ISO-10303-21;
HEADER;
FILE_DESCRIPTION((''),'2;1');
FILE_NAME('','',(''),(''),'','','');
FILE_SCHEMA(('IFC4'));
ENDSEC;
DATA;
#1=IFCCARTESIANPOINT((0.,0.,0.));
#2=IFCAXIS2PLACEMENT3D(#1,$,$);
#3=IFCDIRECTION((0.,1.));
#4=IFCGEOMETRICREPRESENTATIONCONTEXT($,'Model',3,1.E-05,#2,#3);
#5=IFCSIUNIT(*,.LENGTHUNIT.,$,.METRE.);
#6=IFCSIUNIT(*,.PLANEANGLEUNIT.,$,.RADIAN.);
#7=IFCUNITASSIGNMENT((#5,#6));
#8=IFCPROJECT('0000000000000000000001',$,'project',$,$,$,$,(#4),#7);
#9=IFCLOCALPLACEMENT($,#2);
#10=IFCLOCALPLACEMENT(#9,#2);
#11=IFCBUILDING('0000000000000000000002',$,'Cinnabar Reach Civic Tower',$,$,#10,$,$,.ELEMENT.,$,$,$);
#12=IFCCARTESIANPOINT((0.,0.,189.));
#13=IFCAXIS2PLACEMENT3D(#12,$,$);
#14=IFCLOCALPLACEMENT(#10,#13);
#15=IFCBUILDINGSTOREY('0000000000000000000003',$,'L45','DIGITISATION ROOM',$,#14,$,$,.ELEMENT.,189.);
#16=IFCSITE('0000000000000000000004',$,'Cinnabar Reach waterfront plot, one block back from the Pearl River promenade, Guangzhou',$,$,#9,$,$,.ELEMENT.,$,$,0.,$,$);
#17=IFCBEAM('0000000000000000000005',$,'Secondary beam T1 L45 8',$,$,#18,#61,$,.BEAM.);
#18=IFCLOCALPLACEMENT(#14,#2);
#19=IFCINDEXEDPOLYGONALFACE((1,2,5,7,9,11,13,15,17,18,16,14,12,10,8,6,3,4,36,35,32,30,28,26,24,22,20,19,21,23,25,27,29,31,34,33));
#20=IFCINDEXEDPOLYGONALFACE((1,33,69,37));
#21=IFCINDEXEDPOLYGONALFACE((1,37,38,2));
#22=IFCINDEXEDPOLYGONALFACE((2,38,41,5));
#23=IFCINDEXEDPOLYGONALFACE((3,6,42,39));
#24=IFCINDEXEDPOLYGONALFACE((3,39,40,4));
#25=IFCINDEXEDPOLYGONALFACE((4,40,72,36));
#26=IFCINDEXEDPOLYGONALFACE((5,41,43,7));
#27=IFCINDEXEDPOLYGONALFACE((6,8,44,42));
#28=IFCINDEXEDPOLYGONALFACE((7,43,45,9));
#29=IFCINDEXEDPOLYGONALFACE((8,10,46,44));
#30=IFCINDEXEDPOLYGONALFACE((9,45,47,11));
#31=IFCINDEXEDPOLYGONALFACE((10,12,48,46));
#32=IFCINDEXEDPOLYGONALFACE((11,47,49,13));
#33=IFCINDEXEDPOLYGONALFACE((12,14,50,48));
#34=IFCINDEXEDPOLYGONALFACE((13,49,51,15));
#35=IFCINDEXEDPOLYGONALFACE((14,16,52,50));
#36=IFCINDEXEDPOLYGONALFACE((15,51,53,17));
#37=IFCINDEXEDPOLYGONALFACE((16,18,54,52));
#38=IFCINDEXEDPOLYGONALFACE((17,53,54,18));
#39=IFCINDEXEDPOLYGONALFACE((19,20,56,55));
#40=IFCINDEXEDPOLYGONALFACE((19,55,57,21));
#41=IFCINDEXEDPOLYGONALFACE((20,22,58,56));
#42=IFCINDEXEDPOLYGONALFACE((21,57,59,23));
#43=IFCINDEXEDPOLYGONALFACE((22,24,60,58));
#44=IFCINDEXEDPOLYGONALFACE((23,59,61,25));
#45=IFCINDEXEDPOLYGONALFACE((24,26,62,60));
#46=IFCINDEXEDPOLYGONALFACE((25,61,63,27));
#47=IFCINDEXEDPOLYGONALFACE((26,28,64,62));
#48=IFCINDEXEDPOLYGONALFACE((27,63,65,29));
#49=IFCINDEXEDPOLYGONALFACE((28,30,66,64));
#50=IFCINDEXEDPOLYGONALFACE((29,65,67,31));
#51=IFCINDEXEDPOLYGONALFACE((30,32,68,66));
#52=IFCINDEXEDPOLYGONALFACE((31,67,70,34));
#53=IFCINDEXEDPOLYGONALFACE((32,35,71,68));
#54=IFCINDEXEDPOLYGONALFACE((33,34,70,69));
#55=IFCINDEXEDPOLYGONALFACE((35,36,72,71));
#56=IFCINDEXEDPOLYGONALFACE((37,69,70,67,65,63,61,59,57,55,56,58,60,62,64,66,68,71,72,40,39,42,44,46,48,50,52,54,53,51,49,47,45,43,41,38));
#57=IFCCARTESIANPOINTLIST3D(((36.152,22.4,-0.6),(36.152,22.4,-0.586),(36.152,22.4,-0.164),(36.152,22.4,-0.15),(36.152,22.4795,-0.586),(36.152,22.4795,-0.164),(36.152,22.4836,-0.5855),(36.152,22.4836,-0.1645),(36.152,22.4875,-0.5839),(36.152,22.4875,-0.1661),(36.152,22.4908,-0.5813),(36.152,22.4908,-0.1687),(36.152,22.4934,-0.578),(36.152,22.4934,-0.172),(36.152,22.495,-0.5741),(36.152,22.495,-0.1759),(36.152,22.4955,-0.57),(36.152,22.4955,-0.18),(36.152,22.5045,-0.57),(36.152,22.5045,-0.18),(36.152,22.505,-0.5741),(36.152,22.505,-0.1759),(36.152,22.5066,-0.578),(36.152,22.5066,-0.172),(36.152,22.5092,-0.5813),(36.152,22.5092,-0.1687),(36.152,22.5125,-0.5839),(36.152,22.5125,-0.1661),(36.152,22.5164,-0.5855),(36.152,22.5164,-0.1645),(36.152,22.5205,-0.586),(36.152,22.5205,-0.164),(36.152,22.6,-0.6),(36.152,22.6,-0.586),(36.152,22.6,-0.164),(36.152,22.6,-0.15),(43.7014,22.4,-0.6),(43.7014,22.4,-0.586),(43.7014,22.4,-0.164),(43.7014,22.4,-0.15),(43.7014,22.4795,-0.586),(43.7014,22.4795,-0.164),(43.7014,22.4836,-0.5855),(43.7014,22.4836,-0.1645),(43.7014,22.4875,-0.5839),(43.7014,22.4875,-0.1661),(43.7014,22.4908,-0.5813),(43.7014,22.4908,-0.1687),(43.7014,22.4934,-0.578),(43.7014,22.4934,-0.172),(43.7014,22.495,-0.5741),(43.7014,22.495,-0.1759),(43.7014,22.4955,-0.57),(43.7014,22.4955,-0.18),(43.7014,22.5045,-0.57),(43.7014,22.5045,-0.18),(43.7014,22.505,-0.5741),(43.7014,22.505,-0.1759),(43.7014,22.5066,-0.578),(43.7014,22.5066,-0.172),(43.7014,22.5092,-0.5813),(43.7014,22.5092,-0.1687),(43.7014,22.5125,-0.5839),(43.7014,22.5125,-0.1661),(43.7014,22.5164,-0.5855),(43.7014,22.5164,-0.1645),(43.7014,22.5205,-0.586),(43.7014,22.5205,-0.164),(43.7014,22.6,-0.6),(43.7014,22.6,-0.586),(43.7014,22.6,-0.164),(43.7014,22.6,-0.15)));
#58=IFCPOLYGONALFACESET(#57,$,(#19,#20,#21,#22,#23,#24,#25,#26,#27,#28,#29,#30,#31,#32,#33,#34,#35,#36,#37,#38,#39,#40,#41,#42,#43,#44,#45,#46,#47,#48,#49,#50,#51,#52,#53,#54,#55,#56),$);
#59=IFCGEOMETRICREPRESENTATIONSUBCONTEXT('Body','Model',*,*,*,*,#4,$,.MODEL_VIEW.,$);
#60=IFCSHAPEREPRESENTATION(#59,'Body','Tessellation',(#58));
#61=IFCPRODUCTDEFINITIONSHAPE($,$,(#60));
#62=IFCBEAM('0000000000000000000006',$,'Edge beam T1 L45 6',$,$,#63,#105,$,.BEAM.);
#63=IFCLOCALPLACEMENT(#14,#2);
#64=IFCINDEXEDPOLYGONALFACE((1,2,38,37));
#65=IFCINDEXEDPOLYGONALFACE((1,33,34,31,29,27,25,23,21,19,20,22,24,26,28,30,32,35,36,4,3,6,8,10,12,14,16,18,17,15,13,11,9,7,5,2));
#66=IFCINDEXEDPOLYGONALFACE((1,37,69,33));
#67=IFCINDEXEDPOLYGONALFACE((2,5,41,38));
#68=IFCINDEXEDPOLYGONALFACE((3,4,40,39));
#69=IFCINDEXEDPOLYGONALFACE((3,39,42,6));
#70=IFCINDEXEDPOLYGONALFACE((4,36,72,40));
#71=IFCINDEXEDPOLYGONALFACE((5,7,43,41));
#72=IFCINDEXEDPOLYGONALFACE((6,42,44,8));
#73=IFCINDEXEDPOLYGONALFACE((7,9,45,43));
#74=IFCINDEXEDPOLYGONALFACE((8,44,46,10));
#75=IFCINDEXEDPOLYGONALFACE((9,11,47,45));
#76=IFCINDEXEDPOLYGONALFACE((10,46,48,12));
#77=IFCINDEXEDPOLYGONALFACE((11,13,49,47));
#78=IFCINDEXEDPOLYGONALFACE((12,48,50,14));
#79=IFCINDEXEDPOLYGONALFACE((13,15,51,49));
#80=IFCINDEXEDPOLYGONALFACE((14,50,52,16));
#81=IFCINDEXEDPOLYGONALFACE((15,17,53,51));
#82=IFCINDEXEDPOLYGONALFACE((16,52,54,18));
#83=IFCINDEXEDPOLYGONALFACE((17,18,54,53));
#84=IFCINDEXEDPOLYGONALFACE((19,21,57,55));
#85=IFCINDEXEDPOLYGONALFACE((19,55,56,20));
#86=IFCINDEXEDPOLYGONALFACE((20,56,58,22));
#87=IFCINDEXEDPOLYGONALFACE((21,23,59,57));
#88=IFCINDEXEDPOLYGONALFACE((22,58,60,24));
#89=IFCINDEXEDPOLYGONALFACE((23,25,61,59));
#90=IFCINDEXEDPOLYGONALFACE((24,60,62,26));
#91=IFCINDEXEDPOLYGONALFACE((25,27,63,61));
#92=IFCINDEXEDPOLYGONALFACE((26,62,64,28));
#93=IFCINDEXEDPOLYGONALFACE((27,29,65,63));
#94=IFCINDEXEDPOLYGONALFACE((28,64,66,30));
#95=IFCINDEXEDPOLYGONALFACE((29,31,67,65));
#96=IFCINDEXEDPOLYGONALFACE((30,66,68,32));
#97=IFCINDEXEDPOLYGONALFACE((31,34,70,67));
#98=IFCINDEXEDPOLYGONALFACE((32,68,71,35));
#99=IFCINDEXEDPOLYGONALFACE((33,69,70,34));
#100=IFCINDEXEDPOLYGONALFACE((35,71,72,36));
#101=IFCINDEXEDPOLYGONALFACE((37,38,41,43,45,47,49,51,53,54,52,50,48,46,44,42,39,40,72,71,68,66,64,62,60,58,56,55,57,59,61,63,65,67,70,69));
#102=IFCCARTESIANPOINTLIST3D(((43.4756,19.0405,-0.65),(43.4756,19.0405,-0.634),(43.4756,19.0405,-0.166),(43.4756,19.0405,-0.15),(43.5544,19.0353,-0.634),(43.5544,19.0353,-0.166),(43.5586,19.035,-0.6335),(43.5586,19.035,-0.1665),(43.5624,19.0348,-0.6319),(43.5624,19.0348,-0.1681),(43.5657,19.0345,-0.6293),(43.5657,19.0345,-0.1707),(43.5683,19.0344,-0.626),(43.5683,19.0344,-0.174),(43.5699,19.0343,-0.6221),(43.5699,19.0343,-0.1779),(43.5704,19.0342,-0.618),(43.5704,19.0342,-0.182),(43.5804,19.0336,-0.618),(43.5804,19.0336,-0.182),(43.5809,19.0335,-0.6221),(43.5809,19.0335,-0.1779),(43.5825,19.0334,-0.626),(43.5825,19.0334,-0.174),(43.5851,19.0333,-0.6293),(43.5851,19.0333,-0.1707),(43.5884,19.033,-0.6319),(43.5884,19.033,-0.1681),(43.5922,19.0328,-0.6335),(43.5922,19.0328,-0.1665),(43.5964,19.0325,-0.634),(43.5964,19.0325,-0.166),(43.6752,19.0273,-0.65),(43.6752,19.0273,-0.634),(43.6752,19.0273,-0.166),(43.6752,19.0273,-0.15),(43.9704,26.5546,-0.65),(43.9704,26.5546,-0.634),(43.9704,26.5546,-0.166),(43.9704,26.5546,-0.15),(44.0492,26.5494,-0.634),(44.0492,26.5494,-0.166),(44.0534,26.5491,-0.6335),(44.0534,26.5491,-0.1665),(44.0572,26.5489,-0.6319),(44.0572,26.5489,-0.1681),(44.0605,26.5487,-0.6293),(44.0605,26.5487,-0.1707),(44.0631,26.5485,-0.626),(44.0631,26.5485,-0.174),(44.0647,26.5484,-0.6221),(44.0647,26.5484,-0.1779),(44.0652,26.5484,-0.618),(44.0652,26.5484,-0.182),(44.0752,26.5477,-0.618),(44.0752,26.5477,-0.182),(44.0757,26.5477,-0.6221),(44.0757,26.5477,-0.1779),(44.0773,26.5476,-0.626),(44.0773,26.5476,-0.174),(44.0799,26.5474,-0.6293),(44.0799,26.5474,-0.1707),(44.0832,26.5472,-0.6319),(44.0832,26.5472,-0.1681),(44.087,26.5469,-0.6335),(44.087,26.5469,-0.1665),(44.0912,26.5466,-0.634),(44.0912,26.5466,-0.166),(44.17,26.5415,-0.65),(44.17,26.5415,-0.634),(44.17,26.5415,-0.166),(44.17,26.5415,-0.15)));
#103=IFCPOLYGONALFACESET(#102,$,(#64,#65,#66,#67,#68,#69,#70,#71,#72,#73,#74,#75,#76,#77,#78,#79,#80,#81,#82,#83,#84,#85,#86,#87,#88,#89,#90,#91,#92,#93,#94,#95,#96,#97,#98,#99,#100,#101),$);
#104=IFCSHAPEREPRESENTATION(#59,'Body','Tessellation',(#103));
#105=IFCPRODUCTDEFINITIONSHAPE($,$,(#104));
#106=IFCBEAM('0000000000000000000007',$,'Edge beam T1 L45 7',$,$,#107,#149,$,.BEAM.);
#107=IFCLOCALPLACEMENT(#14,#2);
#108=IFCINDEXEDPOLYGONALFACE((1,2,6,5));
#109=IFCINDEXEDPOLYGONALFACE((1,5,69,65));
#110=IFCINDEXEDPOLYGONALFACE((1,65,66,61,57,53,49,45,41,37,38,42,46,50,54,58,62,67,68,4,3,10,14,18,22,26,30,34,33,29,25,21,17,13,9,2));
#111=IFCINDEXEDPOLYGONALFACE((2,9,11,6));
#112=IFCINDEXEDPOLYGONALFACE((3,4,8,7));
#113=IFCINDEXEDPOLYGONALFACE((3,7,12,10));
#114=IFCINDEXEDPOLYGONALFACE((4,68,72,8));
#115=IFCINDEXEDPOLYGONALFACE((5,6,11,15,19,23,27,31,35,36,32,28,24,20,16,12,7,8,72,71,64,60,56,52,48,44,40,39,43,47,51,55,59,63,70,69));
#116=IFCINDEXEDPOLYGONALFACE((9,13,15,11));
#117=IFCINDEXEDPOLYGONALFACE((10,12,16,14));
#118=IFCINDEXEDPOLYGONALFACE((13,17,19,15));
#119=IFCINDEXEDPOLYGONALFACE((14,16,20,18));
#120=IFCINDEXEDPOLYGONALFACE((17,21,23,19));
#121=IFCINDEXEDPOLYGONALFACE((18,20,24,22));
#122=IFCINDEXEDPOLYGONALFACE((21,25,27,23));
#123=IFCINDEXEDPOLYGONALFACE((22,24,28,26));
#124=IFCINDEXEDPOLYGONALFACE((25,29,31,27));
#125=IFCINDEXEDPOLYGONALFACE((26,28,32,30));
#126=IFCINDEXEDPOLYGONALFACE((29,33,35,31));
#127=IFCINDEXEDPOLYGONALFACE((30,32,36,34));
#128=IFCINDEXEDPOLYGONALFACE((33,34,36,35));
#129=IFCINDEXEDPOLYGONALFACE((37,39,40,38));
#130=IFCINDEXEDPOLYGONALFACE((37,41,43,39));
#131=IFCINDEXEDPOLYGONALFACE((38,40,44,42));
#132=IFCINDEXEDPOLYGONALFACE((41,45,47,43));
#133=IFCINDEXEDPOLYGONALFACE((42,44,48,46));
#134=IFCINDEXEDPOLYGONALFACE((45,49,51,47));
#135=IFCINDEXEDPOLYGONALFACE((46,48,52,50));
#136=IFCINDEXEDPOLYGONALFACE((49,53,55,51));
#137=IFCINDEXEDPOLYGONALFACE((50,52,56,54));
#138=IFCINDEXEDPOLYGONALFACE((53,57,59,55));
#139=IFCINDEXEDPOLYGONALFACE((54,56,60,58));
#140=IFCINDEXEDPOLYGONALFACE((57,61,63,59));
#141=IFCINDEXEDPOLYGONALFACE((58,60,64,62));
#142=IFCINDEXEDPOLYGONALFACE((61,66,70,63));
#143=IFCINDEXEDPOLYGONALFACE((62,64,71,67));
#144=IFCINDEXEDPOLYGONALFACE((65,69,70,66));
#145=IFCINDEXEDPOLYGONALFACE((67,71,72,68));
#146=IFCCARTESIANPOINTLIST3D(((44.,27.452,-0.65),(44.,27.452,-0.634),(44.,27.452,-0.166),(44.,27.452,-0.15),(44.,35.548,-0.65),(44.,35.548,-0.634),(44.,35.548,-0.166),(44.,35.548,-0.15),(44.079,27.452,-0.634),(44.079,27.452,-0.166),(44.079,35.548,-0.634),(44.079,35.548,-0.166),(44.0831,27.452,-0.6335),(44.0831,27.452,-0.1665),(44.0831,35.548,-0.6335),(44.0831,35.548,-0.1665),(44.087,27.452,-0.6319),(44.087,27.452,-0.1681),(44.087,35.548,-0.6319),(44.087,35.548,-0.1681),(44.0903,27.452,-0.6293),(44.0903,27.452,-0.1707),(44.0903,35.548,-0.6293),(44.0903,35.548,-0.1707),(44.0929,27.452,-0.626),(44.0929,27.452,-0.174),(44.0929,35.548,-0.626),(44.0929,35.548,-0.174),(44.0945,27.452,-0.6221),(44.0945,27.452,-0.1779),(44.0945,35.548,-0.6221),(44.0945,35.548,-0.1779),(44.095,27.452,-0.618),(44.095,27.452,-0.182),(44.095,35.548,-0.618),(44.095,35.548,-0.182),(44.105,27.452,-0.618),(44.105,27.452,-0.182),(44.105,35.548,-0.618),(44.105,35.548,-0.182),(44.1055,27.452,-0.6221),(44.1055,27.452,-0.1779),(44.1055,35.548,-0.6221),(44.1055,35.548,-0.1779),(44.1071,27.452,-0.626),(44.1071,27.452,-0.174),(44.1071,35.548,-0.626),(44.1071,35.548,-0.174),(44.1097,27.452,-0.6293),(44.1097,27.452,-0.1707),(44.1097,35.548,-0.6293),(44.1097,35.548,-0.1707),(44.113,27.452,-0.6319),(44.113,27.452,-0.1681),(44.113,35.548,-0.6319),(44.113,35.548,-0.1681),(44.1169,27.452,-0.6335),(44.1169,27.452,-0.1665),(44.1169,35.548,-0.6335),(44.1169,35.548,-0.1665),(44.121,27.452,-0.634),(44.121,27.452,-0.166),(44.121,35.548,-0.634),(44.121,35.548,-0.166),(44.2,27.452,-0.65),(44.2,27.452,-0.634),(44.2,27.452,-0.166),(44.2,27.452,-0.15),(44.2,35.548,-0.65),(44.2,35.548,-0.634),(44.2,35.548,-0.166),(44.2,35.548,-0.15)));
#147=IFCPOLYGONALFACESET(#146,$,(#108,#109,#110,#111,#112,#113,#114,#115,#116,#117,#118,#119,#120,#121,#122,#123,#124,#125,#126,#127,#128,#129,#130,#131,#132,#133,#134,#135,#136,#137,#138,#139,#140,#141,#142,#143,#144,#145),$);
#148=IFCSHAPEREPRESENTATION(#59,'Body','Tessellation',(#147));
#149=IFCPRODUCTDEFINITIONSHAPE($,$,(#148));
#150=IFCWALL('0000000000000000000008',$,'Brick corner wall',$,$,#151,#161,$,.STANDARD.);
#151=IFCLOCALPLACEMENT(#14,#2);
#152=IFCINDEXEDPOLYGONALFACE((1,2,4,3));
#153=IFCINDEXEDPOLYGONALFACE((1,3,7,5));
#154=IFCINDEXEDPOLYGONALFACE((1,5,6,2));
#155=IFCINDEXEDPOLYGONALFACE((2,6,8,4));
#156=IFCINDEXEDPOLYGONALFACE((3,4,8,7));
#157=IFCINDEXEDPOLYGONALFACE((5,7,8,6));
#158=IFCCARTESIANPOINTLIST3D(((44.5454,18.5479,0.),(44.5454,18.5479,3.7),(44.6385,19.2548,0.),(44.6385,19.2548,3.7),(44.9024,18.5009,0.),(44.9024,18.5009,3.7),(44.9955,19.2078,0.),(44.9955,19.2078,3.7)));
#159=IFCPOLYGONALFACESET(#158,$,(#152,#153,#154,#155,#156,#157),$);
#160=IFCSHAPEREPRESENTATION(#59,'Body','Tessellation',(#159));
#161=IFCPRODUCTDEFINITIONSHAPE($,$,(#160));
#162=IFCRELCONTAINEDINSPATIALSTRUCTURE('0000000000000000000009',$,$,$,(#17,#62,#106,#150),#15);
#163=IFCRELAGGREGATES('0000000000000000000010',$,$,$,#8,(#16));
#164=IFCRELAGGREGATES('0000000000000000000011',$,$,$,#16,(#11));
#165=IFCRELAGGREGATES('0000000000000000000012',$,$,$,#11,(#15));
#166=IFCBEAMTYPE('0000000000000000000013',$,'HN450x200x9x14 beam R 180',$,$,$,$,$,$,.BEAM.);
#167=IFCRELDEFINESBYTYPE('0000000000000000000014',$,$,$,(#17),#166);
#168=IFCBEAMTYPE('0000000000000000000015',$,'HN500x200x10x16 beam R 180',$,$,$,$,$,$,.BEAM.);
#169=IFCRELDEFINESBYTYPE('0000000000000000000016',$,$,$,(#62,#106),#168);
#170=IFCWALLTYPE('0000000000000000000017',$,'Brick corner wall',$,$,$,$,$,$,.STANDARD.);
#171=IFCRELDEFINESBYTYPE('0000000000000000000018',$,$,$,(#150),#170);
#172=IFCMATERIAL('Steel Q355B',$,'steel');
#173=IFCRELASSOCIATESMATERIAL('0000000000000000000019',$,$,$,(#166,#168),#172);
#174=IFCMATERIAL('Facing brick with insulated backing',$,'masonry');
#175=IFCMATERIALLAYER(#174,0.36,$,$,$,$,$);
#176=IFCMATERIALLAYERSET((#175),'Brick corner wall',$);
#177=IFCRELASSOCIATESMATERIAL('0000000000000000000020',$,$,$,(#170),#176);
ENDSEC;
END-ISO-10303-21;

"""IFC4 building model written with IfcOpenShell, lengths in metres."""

from ifc_helpers import new_model, si_unit, direction, frame, frame_2d, origin, origin_2d, place, context, subcontext, project, spatial, rectangle, i_section, extrude, material, layer, layer_set, material_profile, profile_set, type_object, element, save


model = new_model("IFC4")

# Units and contexts
model_context = context("Model", 3, precision=1e-05, world=origin(), true_north=direction((0.0, 1.0)))
body_context = subcontext(model_context, "Body", "Model", "MODEL_VIEW")
ifc_project = project(units=[si_unit("LENGTHUNIT", "METRE"), si_unit("PLANEANGLEUNIT", "RADIAN")], contexts=[model_context])

# Site, building, storey
site_placement = place(None, origin())
site = spatial("IfcSite", under=ifc_project, at=site_placement, Name="Cinnabar Reach waterfront plot, one block back from the Pearl River promenade, Guangzhou", CompositionType="ELEMENT", RefElevation=0.0)
building_placement = place(site_placement, origin())
building = spatial("IfcBuilding", under=site, at=building_placement, Name="Cinnabar Reach Civic Tower", CompositionType="ELEMENT")
storey_placement = place(building_placement, frame((0.0, 0.0, 189.0)))
storey = spatial("IfcBuildingStorey", under=building, at=storey_placement, Name="L45", Description="DIGITISATION ROOM", CompositionType="ELEMENT", Elevation=189.0)

# Beams
ifc_material_1 = material(Name="Steel Q355B", Category="steel")
ifc_material_profile_1 = material_profile(ifc_material_1, i_section(OverallWidth=0.2, OverallDepth=0.45, WebThickness=0.009, FlangeThickness=0.014, FilletRadius=0.016, at=origin_2d()), Name="HN450x200x9x14")
ifc_profile_set_1 = profile_set([ifc_material_profile_1], Name="Steel Q355B")
beam_type_1 = type_object("IfcBeamType", Name="HN450x200x9x14 beam R 180", PredefinedType="BEAM", material=ifc_profile_set_1)
beam_1_placement = place(storey_placement, frame((36.152, 22.5, -0.375), z_axis=(1.0, 0.0, 0.0), x_axis=(0.0, 1.0, 0.0)))
element("IfcBeam", 1, at=beam_1_placement, inside=storey, type_object=beam_type_1, Name="Secondary beam T1 L45 8", PredefinedType="BEAM", context=body_context, shape_type="SweptSolid", body=[
    extrude(i_section(OverallWidth=0.2, OverallDepth=0.45, WebThickness=0.009, FlangeThickness=0.014, FilletRadius=0.016, at=origin_2d()), origin(), (0.0, 0.0, 1.0), 7.5494),
])
ifc_material_profile_2 = material_profile(ifc_material_1, i_section(OverallWidth=0.2, OverallDepth=0.5, WebThickness=0.01, FlangeThickness=0.016, FilletRadius=0.016, at=origin_2d()), Name="HN500x200x10x16")
ifc_profile_set_2 = profile_set([ifc_material_profile_2], Name="Steel Q355B")
beam_type_2 = type_object("IfcBeamType", Name="HN500x200x10x16 beam R 180", PredefinedType="BEAM", material=ifc_profile_set_2)
beam_2_placement = place(storey_placement, frame((43.5754, 19.0339, -0.4), z_axis=(0.065707, 0.997839, 0.0), x_axis=(-0.997839, 0.065707, 0.0)))
element("IfcBeam", 2, at=beam_2_placement, inside=storey, type_object=beam_type_2, Name="Edge beam T1 L45 6", PredefinedType="BEAM", context=body_context, shape_type="SweptSolid", body=[
    extrude(i_section(OverallWidth=0.2, OverallDepth=0.5, WebThickness=0.01, FlangeThickness=0.016, FilletRadius=0.016, at=origin_2d()), origin(), (0.0, 0.0, 1.0), 7.5304),
])
beam_3_placement = place(storey_placement, frame((44.1, 27.452, -0.4), z_axis=(0.0, 1.0, 0.0), x_axis=(-1.0, 0.0, 0.0)))
element("IfcBeam", 3, at=beam_3_placement, inside=storey, type_object=beam_type_2, Name="Edge beam T1 L45 7", PredefinedType="BEAM", context=body_context, shape_type="SweptSolid", body=[
    extrude(i_section(OverallWidth=0.2, OverallDepth=0.5, WebThickness=0.01, FlangeThickness=0.016, FilletRadius=0.016, at=origin_2d()), origin(), (0.0, 0.0, 1.0), 8.096),
])

# Wall
ifc_material_2 = material(Name="Facing brick with insulated backing", Category="masonry")
ifc_layer_1 = layer(ifc_material_2, 0.36)
ifc_layer_set_1 = layer_set([ifc_layer_1], Name="Brick corner wall")
wall_type_1 = type_object("IfcWallType", Name="Brick corner wall", PredefinedType="STANDARD", material=ifc_layer_set_1)
wall_1_placement = place(storey_placement, frame((44.7239, 18.5244, 0.0), z_axis=(0.0, 0.0, 1.0), x_axis=(0.130556, 0.991441, 0.0)))
element("IfcWall", 4, at=wall_1_placement, inside=storey, type_object=wall_type_1, Name="Brick corner wall", PredefinedType="STANDARD", context=body_context, shape_type="SweptSolid", body=[
    extrude(rectangle(XDim=0.7131, YDim=0.36, at=frame_2d((0.3565, 0.0))), origin(), (0.0, 0.0, 1.0), 3.7),
])

save(model, "model.ifc")
